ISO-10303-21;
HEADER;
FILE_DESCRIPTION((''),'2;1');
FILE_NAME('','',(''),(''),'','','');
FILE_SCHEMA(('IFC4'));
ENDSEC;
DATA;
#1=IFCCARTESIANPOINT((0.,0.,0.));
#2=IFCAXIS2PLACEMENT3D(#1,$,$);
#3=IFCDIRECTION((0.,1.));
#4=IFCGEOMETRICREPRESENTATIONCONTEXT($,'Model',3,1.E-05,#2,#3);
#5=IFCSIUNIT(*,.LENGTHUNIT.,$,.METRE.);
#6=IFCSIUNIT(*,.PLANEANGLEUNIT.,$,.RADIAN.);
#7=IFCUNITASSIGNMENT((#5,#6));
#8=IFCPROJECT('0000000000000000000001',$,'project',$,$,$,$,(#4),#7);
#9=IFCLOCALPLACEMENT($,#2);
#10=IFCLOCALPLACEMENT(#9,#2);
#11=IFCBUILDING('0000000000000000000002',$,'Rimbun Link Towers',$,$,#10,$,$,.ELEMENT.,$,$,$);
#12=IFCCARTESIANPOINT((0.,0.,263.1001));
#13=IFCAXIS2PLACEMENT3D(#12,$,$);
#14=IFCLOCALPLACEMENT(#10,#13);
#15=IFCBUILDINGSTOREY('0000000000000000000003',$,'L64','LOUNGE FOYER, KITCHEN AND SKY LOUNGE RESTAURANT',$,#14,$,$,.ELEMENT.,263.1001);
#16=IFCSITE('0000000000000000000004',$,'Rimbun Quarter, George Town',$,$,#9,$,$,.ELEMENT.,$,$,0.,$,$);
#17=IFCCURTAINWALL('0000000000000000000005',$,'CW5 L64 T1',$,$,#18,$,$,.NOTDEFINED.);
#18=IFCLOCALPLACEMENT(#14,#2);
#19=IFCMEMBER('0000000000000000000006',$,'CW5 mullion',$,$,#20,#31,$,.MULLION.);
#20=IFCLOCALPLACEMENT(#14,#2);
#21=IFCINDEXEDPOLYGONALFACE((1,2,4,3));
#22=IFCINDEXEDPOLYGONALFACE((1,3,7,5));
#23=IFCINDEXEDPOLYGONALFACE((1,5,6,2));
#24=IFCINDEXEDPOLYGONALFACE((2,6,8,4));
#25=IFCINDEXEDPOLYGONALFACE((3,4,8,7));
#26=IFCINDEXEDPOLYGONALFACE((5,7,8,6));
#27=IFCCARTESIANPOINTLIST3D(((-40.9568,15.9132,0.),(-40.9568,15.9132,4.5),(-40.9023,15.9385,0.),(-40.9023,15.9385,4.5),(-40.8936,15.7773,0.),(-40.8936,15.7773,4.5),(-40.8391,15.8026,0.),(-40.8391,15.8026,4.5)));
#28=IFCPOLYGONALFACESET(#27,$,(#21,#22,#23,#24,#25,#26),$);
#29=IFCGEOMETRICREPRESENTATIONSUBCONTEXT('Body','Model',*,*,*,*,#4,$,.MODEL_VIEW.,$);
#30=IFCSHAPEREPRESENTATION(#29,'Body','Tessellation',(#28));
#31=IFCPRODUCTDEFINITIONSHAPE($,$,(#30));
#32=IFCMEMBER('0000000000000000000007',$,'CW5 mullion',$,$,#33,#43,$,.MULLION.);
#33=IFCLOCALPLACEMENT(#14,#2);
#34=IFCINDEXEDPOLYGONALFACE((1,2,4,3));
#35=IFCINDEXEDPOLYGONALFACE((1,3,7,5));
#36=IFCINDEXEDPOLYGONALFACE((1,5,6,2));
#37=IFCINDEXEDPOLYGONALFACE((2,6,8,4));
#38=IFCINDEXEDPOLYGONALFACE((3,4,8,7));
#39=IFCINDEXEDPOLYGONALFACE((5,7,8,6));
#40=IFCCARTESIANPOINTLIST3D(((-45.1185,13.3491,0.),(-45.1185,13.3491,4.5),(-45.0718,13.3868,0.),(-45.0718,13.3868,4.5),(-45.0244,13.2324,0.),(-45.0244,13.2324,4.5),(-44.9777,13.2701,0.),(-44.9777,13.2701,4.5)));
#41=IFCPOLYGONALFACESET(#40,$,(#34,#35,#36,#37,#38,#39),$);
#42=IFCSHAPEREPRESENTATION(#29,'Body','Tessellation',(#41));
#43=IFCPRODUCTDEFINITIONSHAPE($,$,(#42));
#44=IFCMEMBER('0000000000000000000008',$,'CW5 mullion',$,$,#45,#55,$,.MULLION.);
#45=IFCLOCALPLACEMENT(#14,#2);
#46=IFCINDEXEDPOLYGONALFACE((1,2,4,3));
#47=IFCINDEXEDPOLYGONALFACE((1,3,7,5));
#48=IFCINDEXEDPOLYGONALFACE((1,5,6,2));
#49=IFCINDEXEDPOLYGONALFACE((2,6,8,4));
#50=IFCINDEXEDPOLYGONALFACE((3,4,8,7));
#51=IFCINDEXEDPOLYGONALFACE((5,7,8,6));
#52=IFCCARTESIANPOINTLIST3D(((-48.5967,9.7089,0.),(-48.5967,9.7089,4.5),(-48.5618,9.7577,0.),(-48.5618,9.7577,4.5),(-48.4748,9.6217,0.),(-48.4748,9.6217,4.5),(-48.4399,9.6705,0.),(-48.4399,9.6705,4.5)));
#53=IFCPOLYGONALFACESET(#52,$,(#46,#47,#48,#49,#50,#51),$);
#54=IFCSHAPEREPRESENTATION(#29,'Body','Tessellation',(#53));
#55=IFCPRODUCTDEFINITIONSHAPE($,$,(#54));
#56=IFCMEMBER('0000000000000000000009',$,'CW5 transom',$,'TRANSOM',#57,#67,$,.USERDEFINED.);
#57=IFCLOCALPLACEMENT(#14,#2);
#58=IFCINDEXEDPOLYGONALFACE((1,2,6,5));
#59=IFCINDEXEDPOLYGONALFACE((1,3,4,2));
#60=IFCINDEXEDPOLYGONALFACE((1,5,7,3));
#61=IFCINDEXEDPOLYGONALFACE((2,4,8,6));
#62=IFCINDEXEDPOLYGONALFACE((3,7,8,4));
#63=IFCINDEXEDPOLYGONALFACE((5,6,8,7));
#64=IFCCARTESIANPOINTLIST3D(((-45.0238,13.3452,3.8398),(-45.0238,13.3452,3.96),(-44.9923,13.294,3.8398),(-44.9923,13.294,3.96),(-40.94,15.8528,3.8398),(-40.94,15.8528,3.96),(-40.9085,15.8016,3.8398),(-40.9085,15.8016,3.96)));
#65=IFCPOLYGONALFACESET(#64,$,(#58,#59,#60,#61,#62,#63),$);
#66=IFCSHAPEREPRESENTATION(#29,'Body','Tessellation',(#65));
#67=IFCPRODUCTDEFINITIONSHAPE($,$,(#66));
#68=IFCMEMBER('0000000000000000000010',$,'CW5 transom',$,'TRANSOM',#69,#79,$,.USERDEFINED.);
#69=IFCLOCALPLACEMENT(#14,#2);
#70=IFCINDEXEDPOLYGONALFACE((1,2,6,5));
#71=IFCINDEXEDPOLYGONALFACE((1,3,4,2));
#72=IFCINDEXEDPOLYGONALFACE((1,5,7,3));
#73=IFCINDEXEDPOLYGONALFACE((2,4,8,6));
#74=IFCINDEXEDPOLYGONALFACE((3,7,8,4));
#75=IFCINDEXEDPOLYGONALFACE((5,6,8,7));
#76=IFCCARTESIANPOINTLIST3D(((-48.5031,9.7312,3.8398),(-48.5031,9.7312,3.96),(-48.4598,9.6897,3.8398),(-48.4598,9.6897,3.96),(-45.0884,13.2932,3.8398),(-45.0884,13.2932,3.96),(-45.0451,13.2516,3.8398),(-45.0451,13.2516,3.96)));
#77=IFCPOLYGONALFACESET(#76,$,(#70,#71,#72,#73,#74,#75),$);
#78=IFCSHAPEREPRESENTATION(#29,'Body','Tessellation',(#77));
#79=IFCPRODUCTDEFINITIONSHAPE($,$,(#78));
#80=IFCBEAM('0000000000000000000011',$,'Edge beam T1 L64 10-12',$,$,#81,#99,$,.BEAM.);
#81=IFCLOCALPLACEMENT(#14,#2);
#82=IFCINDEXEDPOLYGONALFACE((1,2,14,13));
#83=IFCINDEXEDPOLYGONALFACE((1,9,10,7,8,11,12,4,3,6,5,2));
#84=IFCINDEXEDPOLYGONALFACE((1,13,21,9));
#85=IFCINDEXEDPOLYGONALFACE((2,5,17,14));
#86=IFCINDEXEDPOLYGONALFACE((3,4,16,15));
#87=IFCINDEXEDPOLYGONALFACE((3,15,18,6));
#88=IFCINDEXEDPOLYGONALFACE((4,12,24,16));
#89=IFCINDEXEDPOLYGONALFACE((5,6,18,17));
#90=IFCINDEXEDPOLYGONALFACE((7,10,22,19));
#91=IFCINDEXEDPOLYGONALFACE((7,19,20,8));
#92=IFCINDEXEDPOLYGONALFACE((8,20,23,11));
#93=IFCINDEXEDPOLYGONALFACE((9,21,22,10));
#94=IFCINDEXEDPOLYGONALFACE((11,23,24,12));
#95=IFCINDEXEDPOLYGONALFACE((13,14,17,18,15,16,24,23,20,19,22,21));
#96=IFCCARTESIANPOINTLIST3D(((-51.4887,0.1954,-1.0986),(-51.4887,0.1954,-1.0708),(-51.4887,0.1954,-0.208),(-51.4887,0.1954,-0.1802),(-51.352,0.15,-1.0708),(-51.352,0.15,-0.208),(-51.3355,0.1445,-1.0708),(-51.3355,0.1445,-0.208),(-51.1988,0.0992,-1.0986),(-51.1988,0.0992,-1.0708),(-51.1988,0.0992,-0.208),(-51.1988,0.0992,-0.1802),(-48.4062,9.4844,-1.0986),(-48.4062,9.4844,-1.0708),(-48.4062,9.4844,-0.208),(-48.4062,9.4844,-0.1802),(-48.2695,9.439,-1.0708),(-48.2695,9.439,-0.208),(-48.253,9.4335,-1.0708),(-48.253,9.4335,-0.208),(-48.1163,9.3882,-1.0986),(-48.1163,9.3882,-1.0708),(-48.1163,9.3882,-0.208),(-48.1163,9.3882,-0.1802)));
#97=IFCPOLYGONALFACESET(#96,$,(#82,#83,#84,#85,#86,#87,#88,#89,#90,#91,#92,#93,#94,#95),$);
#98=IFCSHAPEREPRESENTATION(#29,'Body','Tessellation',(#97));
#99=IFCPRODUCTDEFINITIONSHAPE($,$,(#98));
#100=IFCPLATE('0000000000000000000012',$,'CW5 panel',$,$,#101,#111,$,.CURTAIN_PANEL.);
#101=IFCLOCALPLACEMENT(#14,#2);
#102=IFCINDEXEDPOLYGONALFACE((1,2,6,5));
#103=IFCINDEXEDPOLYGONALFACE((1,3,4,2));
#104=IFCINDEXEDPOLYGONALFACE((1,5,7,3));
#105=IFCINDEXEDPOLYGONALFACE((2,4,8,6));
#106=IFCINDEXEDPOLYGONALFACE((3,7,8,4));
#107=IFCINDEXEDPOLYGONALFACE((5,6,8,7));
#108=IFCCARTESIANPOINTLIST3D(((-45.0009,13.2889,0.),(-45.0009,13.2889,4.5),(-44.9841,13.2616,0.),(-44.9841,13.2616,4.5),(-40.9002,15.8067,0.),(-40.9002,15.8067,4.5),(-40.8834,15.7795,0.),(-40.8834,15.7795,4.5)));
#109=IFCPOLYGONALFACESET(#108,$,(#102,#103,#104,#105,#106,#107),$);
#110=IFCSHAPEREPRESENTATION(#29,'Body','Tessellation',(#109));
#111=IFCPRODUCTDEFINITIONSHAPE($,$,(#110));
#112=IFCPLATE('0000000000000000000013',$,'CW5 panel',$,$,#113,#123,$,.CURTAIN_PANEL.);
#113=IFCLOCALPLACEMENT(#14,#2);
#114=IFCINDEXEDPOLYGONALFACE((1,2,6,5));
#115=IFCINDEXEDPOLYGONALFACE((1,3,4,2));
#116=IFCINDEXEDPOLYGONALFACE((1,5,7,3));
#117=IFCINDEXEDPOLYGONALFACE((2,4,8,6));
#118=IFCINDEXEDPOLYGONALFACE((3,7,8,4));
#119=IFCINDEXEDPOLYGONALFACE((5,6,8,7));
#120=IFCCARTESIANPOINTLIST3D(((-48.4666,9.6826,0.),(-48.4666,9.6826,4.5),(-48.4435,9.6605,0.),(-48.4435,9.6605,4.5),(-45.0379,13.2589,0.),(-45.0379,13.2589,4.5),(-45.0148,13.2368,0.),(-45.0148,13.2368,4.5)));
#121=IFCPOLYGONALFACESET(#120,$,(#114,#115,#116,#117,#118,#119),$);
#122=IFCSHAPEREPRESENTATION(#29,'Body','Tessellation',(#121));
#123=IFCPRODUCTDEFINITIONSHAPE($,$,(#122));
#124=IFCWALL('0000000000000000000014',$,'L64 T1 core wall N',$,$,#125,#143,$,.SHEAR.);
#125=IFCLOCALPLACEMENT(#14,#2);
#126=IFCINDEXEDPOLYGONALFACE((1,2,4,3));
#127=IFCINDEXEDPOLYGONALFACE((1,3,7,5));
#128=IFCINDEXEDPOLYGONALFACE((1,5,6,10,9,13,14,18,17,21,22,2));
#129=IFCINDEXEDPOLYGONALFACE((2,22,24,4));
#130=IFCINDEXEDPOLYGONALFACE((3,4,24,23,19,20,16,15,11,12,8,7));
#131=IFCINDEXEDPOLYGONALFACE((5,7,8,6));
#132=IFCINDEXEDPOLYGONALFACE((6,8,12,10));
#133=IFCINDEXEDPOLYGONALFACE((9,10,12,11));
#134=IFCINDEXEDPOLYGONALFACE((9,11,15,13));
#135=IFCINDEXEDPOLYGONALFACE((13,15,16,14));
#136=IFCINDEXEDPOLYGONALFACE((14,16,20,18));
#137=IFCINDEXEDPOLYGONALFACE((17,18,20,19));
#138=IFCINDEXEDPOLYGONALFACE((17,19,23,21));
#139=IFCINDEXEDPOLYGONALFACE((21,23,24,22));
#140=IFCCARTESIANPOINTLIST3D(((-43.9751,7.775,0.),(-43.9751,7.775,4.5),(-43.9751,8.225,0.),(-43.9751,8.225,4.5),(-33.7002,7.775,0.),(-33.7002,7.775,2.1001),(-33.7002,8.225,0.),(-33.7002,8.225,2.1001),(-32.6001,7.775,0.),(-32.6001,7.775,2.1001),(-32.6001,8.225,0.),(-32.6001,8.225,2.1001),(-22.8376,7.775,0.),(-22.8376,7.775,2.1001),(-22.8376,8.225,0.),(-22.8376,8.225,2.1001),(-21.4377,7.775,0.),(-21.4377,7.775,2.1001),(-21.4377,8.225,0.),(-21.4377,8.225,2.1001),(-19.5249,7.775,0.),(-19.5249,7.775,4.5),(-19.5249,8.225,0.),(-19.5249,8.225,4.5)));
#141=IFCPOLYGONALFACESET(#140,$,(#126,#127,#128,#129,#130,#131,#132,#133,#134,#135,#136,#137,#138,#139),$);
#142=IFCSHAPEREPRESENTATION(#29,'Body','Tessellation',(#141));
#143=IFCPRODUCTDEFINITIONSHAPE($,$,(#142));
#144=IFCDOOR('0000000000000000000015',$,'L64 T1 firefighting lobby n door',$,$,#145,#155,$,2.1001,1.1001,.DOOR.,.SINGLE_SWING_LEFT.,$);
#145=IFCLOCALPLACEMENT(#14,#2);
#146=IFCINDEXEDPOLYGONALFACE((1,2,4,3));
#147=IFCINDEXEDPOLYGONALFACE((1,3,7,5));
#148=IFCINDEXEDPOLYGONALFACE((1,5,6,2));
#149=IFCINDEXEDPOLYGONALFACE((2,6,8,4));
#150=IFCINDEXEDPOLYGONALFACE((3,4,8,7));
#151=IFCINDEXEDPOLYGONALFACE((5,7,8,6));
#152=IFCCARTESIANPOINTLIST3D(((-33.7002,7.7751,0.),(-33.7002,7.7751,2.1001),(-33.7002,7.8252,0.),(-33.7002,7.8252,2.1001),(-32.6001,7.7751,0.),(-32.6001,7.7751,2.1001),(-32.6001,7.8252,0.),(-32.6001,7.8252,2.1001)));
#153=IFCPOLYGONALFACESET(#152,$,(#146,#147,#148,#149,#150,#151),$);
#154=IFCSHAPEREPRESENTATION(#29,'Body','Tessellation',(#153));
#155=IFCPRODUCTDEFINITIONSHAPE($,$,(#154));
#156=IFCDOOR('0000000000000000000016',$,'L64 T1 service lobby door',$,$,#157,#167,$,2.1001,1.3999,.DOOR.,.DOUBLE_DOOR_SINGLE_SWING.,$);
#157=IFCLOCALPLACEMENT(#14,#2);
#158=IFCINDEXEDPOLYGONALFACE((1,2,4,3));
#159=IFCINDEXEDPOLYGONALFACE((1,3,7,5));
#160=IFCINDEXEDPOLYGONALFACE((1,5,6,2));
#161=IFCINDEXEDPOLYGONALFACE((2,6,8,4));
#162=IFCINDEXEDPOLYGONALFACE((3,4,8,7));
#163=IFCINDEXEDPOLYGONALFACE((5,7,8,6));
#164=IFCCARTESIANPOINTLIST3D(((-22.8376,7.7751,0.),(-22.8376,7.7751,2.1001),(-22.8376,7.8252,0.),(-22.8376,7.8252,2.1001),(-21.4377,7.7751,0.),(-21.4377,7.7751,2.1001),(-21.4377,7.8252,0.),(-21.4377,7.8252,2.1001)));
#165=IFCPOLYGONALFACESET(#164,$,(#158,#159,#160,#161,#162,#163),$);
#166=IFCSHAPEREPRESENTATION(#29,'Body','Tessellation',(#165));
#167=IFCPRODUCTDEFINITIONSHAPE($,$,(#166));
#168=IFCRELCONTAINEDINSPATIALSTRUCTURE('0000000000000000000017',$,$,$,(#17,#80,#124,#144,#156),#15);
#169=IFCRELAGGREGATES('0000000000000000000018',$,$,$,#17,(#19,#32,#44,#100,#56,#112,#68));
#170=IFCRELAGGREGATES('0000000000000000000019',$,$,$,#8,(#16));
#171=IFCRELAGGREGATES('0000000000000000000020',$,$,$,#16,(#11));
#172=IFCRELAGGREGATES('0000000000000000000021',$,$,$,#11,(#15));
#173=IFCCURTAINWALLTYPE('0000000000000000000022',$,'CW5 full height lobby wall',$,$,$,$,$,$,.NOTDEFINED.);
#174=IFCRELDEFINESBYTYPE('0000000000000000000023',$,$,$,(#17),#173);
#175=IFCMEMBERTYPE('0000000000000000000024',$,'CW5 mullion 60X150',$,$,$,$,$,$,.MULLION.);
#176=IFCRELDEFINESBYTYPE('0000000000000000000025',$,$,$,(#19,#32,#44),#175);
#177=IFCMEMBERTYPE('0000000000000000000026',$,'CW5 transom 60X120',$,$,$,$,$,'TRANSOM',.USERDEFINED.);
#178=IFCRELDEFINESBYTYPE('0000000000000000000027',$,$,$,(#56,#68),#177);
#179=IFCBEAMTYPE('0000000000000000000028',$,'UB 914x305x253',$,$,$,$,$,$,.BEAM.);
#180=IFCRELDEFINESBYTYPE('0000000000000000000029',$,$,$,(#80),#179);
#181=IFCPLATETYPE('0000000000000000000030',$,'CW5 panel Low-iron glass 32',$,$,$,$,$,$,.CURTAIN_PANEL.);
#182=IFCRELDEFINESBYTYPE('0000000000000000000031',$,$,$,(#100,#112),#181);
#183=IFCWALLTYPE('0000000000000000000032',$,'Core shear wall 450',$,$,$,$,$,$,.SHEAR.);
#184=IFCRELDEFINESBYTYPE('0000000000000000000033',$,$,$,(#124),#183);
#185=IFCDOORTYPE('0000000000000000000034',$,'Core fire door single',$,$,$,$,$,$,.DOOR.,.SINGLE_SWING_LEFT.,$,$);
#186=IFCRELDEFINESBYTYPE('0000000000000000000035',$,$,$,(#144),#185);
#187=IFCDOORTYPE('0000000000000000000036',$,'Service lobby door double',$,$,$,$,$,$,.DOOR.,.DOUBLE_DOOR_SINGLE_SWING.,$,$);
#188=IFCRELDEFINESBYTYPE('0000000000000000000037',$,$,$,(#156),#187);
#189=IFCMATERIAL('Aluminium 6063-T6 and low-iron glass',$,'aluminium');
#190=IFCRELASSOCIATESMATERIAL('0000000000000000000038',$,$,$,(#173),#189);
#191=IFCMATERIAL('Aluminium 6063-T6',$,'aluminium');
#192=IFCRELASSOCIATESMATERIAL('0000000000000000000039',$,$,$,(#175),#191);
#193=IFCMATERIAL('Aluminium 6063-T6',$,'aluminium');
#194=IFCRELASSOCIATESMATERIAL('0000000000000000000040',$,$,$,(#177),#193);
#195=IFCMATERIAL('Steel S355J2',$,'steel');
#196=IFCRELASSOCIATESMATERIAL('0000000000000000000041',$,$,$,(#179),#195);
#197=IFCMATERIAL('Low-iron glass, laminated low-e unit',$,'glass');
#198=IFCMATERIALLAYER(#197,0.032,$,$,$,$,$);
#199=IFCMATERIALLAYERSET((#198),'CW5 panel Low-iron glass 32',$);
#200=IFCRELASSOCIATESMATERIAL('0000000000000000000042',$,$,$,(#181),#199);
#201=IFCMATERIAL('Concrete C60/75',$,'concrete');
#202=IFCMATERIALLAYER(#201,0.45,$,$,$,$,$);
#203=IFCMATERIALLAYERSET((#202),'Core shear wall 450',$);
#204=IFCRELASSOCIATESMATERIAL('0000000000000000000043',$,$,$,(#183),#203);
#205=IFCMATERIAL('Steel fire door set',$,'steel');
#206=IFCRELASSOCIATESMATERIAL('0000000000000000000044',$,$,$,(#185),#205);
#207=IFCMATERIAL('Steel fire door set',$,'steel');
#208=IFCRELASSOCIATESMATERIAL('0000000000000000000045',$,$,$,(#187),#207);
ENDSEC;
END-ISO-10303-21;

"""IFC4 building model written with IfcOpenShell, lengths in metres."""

from ifc_helpers import new_model, si_unit, direction, frame, frame_2d, origin, origin_2d, place, context, subcontext, project, spatial, rectangle, i_section, extrude, material, layer, layer_set, material_profile, profile_set, type_object, element, fill, aggregate, save


model = new_model("IFC4")

# Units and contexts
model_context = context("Model", 3, precision=1e-05, world=origin(), true_north=direction((0.0, 1.0)))
body_context = subcontext(model_context, "Body", "Model", "MODEL_VIEW")
ifc_project = project(units=[si_unit("LENGTHUNIT", "METRE"), si_unit("PLANEANGLEUNIT", "RADIAN")], contexts=[model_context])

# Site, building, storey
site_placement = place(None, origin())
site = spatial("IfcSite", under=ifc_project, at=site_placement, Name="Rimbun Quarter, George Town", CompositionType="ELEMENT", RefElevation=0.0)
building_placement = place(site_placement, origin())
building = spatial("IfcBuilding", under=site, at=building_placement, Name="Rimbun Link Towers", CompositionType="ELEMENT")
storey_placement = place(building_placement, frame((0.0, 0.0, 263.1001)))
storey = spatial("IfcBuildingStorey", under=building, at=storey_placement, Name="L64", Description="LOUNGE FOYER, KITCHEN AND SKY LOUNGE RESTAURANT", CompositionType="ELEMENT", Elevation=263.1001)

# Curtain wall, members
ifc_material_1 = material(Name="Aluminium 6063-T6 and low-iron glass", Category="aluminium")
curtain_wall_type = type_object("IfcCurtainWallType", Name="CW5 full height lobby wall", PredefinedType="NOTDEFINED", material=ifc_material_1)
curtain_wall_placement = place(storey_placement, origin())
curtain_wall = element("IfcCurtainWall", 1, at=curtain_wall_placement, inside=storey, type_object=curtain_wall_type, Name="CW5 L64 T1", PredefinedType="NOTDEFINED")
ifc_material_2 = material(Name="Aluminium 6063-T6", Category="aluminium")
ifc_material_profile_1 = material_profile(ifc_material_2, rectangle(XDim=0.1499, YDim=0.0601, at=origin_2d()), Name="MULLION 60X150")
ifc_profile_set_1 = profile_set([ifc_material_profile_1], Name="Aluminium 6063-T6")
member_type_1 = type_object("IfcMemberType", Name="CW5 mullion 60X150", PredefinedType="MULLION", material=ifc_profile_set_1)
member_1_placement = place(storey_placement, frame((-40.8979, 15.8579, 0.0), z_axis=(0.0, 0.0, 1.0), x_axis=(-0.421704, 0.906734, 0.0)))
member_1 = element("IfcMember", 2, at=member_1_placement, type_object=member_type_1, Name="CW5 mullion", PredefinedType="MULLION", context=body_context, shape_type="SweptSolid", body=[
    extrude(rectangle(XDim=0.1499, YDim=0.0601, at=origin_2d()), origin(), (0.0, 0.0, 1.0), 4.5),
])
member_2_placement = place(storey_placement, frame((-45.0481, 13.3096, 0.0), z_axis=(0.0, 0.0, 1.0), x_axis=(-0.627674, 0.778476, 0.0)))
member_2 = element("IfcMember", 3, at=member_2_placement, type_object=member_type_1, Name="CW5 mullion", PredefinedType="MULLION", context=body_context, shape_type="SweptSolid", body=[
    extrude(rectangle(XDim=0.1499, YDim=0.0601, at=origin_2d()), origin(), (0.0, 0.0, 1.0), 4.5),
])
member_3_placement = place(storey_placement, frame((-48.5183, 9.6897, 0.0), z_axis=(0.0, 0.0, 1.0), x_axis=(-0.81335, 0.581775, 0.0)))
member_3 = element("IfcMember", 4, at=member_3_placement, type_object=member_type_1, Name="CW5 mullion", PredefinedType="MULLION", context=body_context, shape_type="SweptSolid", body=[
    extrude(rectangle(XDim=0.1499, YDim=0.0601, at=origin_2d()), origin(), (0.0, 0.0, 1.0), 4.5),
])
ifc_material_3 = material(Name="Aluminium 6063-T6", Category="aluminium")
ifc_material_profile_2 = material_profile(ifc_material_3, rectangle(XDim=0.0601, YDim=0.1201, at=origin_2d()), Name="TRANSOM 60X120")
ifc_profile_set_2 = profile_set([ifc_material_profile_2], Name="Aluminium 6063-T6")
member_type_2 = type_object("IfcMemberType", Name="CW5 transom 60X120", ElementType="TRANSOM", PredefinedType="USERDEFINED", material=ifc_profile_set_2)
member_4_placement = place(storey_placement, frame((-45.0081, 13.3196, 3.8999), z_axis=(0.85217, 0.523264, 0.0), x_axis=(-0.523264, 0.85217, 0.0)))
member_4 = element("IfcMember", 5, at=member_4_placement, type_object=member_type_2, Name="CW5 transom", ObjectType="TRANSOM", PredefinedType="USERDEFINED", context=body_context, shape_type="SweptSolid", body=[
    extrude(rectangle(XDim=0.0601, YDim=0.1201, at=origin_2d()), origin(), (0.0, 0.0, 1.0), 4.7922),
])
member_5_placement = place(storey_placement, frame((-48.4814, 9.7104, 3.8999), z_axis=(0.692032, 0.721867, 0.0), x_axis=(-0.721867, 0.692032, 0.0)))
member_5 = element("IfcMember", 6, at=member_5_placement, type_object=member_type_2, Name="CW5 transom", ObjectType="TRANSOM", PredefinedType="USERDEFINED", context=body_context, shape_type="SweptSolid", body=[
    extrude(rectangle(XDim=0.0601, YDim=0.1201, at=origin_2d()), origin(), (0.0, 0.0, 1.0), 4.9343),
])

# Beam
ifc_material_4 = material(Name="Steel S355J2", Category="steel")
ifc_material_profile_3 = material_profile(ifc_material_4, i_section(OverallWidth=0.3054, OverallDepth=0.9185, WebThickness=0.0173, FlangeThickness=0.0278, at=origin_2d()), Name="UB 914x305x253")
ifc_profile_set_3 = profile_set([ifc_material_profile_3], Name="Steel S355J2")
beam_type = type_object("IfcBeamType", Name="UB 914x305x253", PredefinedType="BEAM", material=ifc_profile_set_3)
beam_placement = place(storey_placement, frame((-48.2612, 9.4363, -0.6394), z_axis=(-0.314955, -0.949107, 0.0), x_axis=(0.949107, -0.314955, 0.0)))
element("IfcBeam", 7, at=beam_placement, inside=storey, type_object=beam_type, Name="Edge beam T1 L64 10-12", PredefinedType="BEAM", context=body_context, shape_type="SweptSolid", body=[
    extrude(i_section(OverallWidth=0.3054, OverallDepth=0.9185, WebThickness=0.0173, FlangeThickness=0.0278, at=origin_2d()), origin(), (0.0, 0.0, 1.0), 9.7871),
])

# Plates
ifc_material_5 = material(Name="Low-iron glass, laminated low-e unit", Category="glass")
ifc_layer_1 = layer(ifc_material_5, 0.032)
ifc_layer_set_1 = layer_set([ifc_layer_1], Name="CW5 panel Low-iron glass 32")
plate_type = type_object("IfcPlateType", Name="CW5 panel Low-iron glass 32", PredefinedType="CURTAIN_PANEL", material=ifc_layer_set_1)
plate_1_placement = place(storey_placement, frame((-42.9421, 14.5342, 0.0), z_axis=(0.0, 0.0, 1.0), x_axis=(0.852182, 0.523246, 0.0)))
plate_1 = element("IfcPlate", 8, at=plate_1_placement, type_object=plate_type, Name="CW5 panel", PredefinedType="CURTAIN_PANEL", context=body_context, shape_type="SweptSolid", body=[
    extrude(rectangle(XDim=4.812, YDim=0.032, at=origin_2d()), origin(), (0.0, 0.0, 1.0), 4.5),
])
plate_2_placement = place(storey_placement, frame((-46.7407, 11.4597, 0.0), z_axis=(0.0, 0.0, 1.0), x_axis=(0.692053, 0.721847, 0.0)))
plate_2 = element("IfcPlate", 9, at=plate_2_placement, type_object=plate_type, Name="CW5 panel", PredefinedType="CURTAIN_PANEL", context=body_context, shape_type="SweptSolid", body=[
    extrude(rectangle(XDim=4.9543, YDim=0.032, at=origin_2d()), origin(), (0.0, 0.0, 1.0), 4.5),
])
aggregate(curtain_wall, [member_1, member_2, member_3, plate_1, member_4, plate_2, member_5])

# Wall, openings, doors
ifc_material_6 = material(Name="Concrete C60/75", Category="concrete")
ifc_layer_2 = layer(ifc_material_6, 0.45)
ifc_layer_set_2 = layer_set([ifc_layer_2], Name="Core shear wall 450")
wall_type_1 = type_object("IfcWallType", Name="Core shear wall 450", PredefinedType="SHEAR", material=ifc_layer_set_2)
wall_1_placement = place(storey_placement, frame((-43.9751, 8.0, 0.0), z_axis=(0.0, 0.0, 1.0), x_axis=(1.0, 0.0, 0.0)))
wall_1 = element("IfcWall", 10, at=wall_1_placement, inside=storey, type_object=wall_type_1, Name="L64 T1 core wall N", PredefinedType="SHEAR", context=body_context, shape_type="SweptSolid", body=[
    extrude(rectangle(XDim=24.4502, YDim=0.45, at=frame_2d((12.2251, 0.0))), origin(), (0.0, 0.0, 1.0), 4.5),
])
opening_1_placement = place(wall_1_placement, frame((10.2749, 0.0, 0.0)))
opening_1 = element("IfcOpeningElement", 11, at=opening_1_placement, cuts=wall_1, PredefinedType="OPENING", context=body_context, shape_type="SweptSolid", body=[
    extrude(rectangle(XDim=1.1001, YDim=2.1001, at=frame_2d((0.55, 1.05))), frame((0.0, 0.2349, 0.0), z_axis=(0.0, -1.0, 0.0), x_axis=(1.0, 0.0, 0.0)), (0.0, 0.0, 1.0), 0.47),
])
opening_2_placement = place(wall_1_placement, frame((21.1375, 0.0, 0.0)))
opening_2 = element("IfcOpeningElement", 12, at=opening_2_placement, cuts=wall_1, PredefinedType="OPENING", context=body_context, shape_type="SweptSolid", body=[
    extrude(rectangle(XDim=1.3999, YDim=2.1001, at=frame_2d((0.7, 1.05))), frame((0.0, 0.2349, 0.0), z_axis=(0.0, -1.0, 0.0), x_axis=(1.0, 0.0, 0.0)), (0.0, 0.0, 1.0), 0.47),
])
ifc_material_7 = material(Name="Steel fire door set", Category="steel")
door_type_1 = type_object("IfcDoorType", Name="Core fire door single", OperationType="SINGLE_SWING_LEFT", PredefinedType="DOOR", material=ifc_material_7)
door_1_placement = place(opening_1_placement, origin())
door_1 = element("IfcDoor", 13, at=door_1_placement, inside=storey, type_object=door_type_1, Name="L64 T1 firefighting lobby n door", OperationType="SINGLE_SWING_LEFT", OverallHeight=2.1001, OverallWidth=1.1001, PredefinedType="DOOR", context=body_context, shape_type="SweptSolid", body=[
    extrude(rectangle(XDim=1.1001, YDim=2.1001, at=frame_2d((0.55, 1.05))), frame((0.0, -0.1748, 0.0), z_axis=(0.0, -1.0, 0.0), x_axis=(1.0, 0.0, 0.0)), (0.0, 0.0, 1.0), 0.05),
])
fill(opening_1, door_1)
ifc_material_8 = material(Name="Steel fire door set", Category="steel")
door_type_2 = type_object("IfcDoorType", Name="Service lobby door double", OperationType="DOUBLE_DOOR_SINGLE_SWING", PredefinedType="DOOR", material=ifc_material_8)
door_2_placement = place(opening_2_placement, origin())
door_2 = element("IfcDoor", 14, at=door_2_placement, inside=storey, type_object=door_type_2, Name="L64 T1 service lobby door", OperationType="DOUBLE_DOOR_SINGLE_SWING", OverallHeight=2.1001, OverallWidth=1.3999, PredefinedType="DOOR", context=body_context, shape_type="SweptSolid", body=[
    extrude(rectangle(XDim=1.3999, YDim=2.1001, at=frame_2d((0.7, 1.05))), frame((0.0, -0.1748, 0.0), z_axis=(0.0, -1.0, 0.0), x_axis=(1.0, 0.0, 0.0)), (0.0, 0.0, 1.0), 0.05),
])
fill(opening_2, door_2)

save(model, "model.ifc")
